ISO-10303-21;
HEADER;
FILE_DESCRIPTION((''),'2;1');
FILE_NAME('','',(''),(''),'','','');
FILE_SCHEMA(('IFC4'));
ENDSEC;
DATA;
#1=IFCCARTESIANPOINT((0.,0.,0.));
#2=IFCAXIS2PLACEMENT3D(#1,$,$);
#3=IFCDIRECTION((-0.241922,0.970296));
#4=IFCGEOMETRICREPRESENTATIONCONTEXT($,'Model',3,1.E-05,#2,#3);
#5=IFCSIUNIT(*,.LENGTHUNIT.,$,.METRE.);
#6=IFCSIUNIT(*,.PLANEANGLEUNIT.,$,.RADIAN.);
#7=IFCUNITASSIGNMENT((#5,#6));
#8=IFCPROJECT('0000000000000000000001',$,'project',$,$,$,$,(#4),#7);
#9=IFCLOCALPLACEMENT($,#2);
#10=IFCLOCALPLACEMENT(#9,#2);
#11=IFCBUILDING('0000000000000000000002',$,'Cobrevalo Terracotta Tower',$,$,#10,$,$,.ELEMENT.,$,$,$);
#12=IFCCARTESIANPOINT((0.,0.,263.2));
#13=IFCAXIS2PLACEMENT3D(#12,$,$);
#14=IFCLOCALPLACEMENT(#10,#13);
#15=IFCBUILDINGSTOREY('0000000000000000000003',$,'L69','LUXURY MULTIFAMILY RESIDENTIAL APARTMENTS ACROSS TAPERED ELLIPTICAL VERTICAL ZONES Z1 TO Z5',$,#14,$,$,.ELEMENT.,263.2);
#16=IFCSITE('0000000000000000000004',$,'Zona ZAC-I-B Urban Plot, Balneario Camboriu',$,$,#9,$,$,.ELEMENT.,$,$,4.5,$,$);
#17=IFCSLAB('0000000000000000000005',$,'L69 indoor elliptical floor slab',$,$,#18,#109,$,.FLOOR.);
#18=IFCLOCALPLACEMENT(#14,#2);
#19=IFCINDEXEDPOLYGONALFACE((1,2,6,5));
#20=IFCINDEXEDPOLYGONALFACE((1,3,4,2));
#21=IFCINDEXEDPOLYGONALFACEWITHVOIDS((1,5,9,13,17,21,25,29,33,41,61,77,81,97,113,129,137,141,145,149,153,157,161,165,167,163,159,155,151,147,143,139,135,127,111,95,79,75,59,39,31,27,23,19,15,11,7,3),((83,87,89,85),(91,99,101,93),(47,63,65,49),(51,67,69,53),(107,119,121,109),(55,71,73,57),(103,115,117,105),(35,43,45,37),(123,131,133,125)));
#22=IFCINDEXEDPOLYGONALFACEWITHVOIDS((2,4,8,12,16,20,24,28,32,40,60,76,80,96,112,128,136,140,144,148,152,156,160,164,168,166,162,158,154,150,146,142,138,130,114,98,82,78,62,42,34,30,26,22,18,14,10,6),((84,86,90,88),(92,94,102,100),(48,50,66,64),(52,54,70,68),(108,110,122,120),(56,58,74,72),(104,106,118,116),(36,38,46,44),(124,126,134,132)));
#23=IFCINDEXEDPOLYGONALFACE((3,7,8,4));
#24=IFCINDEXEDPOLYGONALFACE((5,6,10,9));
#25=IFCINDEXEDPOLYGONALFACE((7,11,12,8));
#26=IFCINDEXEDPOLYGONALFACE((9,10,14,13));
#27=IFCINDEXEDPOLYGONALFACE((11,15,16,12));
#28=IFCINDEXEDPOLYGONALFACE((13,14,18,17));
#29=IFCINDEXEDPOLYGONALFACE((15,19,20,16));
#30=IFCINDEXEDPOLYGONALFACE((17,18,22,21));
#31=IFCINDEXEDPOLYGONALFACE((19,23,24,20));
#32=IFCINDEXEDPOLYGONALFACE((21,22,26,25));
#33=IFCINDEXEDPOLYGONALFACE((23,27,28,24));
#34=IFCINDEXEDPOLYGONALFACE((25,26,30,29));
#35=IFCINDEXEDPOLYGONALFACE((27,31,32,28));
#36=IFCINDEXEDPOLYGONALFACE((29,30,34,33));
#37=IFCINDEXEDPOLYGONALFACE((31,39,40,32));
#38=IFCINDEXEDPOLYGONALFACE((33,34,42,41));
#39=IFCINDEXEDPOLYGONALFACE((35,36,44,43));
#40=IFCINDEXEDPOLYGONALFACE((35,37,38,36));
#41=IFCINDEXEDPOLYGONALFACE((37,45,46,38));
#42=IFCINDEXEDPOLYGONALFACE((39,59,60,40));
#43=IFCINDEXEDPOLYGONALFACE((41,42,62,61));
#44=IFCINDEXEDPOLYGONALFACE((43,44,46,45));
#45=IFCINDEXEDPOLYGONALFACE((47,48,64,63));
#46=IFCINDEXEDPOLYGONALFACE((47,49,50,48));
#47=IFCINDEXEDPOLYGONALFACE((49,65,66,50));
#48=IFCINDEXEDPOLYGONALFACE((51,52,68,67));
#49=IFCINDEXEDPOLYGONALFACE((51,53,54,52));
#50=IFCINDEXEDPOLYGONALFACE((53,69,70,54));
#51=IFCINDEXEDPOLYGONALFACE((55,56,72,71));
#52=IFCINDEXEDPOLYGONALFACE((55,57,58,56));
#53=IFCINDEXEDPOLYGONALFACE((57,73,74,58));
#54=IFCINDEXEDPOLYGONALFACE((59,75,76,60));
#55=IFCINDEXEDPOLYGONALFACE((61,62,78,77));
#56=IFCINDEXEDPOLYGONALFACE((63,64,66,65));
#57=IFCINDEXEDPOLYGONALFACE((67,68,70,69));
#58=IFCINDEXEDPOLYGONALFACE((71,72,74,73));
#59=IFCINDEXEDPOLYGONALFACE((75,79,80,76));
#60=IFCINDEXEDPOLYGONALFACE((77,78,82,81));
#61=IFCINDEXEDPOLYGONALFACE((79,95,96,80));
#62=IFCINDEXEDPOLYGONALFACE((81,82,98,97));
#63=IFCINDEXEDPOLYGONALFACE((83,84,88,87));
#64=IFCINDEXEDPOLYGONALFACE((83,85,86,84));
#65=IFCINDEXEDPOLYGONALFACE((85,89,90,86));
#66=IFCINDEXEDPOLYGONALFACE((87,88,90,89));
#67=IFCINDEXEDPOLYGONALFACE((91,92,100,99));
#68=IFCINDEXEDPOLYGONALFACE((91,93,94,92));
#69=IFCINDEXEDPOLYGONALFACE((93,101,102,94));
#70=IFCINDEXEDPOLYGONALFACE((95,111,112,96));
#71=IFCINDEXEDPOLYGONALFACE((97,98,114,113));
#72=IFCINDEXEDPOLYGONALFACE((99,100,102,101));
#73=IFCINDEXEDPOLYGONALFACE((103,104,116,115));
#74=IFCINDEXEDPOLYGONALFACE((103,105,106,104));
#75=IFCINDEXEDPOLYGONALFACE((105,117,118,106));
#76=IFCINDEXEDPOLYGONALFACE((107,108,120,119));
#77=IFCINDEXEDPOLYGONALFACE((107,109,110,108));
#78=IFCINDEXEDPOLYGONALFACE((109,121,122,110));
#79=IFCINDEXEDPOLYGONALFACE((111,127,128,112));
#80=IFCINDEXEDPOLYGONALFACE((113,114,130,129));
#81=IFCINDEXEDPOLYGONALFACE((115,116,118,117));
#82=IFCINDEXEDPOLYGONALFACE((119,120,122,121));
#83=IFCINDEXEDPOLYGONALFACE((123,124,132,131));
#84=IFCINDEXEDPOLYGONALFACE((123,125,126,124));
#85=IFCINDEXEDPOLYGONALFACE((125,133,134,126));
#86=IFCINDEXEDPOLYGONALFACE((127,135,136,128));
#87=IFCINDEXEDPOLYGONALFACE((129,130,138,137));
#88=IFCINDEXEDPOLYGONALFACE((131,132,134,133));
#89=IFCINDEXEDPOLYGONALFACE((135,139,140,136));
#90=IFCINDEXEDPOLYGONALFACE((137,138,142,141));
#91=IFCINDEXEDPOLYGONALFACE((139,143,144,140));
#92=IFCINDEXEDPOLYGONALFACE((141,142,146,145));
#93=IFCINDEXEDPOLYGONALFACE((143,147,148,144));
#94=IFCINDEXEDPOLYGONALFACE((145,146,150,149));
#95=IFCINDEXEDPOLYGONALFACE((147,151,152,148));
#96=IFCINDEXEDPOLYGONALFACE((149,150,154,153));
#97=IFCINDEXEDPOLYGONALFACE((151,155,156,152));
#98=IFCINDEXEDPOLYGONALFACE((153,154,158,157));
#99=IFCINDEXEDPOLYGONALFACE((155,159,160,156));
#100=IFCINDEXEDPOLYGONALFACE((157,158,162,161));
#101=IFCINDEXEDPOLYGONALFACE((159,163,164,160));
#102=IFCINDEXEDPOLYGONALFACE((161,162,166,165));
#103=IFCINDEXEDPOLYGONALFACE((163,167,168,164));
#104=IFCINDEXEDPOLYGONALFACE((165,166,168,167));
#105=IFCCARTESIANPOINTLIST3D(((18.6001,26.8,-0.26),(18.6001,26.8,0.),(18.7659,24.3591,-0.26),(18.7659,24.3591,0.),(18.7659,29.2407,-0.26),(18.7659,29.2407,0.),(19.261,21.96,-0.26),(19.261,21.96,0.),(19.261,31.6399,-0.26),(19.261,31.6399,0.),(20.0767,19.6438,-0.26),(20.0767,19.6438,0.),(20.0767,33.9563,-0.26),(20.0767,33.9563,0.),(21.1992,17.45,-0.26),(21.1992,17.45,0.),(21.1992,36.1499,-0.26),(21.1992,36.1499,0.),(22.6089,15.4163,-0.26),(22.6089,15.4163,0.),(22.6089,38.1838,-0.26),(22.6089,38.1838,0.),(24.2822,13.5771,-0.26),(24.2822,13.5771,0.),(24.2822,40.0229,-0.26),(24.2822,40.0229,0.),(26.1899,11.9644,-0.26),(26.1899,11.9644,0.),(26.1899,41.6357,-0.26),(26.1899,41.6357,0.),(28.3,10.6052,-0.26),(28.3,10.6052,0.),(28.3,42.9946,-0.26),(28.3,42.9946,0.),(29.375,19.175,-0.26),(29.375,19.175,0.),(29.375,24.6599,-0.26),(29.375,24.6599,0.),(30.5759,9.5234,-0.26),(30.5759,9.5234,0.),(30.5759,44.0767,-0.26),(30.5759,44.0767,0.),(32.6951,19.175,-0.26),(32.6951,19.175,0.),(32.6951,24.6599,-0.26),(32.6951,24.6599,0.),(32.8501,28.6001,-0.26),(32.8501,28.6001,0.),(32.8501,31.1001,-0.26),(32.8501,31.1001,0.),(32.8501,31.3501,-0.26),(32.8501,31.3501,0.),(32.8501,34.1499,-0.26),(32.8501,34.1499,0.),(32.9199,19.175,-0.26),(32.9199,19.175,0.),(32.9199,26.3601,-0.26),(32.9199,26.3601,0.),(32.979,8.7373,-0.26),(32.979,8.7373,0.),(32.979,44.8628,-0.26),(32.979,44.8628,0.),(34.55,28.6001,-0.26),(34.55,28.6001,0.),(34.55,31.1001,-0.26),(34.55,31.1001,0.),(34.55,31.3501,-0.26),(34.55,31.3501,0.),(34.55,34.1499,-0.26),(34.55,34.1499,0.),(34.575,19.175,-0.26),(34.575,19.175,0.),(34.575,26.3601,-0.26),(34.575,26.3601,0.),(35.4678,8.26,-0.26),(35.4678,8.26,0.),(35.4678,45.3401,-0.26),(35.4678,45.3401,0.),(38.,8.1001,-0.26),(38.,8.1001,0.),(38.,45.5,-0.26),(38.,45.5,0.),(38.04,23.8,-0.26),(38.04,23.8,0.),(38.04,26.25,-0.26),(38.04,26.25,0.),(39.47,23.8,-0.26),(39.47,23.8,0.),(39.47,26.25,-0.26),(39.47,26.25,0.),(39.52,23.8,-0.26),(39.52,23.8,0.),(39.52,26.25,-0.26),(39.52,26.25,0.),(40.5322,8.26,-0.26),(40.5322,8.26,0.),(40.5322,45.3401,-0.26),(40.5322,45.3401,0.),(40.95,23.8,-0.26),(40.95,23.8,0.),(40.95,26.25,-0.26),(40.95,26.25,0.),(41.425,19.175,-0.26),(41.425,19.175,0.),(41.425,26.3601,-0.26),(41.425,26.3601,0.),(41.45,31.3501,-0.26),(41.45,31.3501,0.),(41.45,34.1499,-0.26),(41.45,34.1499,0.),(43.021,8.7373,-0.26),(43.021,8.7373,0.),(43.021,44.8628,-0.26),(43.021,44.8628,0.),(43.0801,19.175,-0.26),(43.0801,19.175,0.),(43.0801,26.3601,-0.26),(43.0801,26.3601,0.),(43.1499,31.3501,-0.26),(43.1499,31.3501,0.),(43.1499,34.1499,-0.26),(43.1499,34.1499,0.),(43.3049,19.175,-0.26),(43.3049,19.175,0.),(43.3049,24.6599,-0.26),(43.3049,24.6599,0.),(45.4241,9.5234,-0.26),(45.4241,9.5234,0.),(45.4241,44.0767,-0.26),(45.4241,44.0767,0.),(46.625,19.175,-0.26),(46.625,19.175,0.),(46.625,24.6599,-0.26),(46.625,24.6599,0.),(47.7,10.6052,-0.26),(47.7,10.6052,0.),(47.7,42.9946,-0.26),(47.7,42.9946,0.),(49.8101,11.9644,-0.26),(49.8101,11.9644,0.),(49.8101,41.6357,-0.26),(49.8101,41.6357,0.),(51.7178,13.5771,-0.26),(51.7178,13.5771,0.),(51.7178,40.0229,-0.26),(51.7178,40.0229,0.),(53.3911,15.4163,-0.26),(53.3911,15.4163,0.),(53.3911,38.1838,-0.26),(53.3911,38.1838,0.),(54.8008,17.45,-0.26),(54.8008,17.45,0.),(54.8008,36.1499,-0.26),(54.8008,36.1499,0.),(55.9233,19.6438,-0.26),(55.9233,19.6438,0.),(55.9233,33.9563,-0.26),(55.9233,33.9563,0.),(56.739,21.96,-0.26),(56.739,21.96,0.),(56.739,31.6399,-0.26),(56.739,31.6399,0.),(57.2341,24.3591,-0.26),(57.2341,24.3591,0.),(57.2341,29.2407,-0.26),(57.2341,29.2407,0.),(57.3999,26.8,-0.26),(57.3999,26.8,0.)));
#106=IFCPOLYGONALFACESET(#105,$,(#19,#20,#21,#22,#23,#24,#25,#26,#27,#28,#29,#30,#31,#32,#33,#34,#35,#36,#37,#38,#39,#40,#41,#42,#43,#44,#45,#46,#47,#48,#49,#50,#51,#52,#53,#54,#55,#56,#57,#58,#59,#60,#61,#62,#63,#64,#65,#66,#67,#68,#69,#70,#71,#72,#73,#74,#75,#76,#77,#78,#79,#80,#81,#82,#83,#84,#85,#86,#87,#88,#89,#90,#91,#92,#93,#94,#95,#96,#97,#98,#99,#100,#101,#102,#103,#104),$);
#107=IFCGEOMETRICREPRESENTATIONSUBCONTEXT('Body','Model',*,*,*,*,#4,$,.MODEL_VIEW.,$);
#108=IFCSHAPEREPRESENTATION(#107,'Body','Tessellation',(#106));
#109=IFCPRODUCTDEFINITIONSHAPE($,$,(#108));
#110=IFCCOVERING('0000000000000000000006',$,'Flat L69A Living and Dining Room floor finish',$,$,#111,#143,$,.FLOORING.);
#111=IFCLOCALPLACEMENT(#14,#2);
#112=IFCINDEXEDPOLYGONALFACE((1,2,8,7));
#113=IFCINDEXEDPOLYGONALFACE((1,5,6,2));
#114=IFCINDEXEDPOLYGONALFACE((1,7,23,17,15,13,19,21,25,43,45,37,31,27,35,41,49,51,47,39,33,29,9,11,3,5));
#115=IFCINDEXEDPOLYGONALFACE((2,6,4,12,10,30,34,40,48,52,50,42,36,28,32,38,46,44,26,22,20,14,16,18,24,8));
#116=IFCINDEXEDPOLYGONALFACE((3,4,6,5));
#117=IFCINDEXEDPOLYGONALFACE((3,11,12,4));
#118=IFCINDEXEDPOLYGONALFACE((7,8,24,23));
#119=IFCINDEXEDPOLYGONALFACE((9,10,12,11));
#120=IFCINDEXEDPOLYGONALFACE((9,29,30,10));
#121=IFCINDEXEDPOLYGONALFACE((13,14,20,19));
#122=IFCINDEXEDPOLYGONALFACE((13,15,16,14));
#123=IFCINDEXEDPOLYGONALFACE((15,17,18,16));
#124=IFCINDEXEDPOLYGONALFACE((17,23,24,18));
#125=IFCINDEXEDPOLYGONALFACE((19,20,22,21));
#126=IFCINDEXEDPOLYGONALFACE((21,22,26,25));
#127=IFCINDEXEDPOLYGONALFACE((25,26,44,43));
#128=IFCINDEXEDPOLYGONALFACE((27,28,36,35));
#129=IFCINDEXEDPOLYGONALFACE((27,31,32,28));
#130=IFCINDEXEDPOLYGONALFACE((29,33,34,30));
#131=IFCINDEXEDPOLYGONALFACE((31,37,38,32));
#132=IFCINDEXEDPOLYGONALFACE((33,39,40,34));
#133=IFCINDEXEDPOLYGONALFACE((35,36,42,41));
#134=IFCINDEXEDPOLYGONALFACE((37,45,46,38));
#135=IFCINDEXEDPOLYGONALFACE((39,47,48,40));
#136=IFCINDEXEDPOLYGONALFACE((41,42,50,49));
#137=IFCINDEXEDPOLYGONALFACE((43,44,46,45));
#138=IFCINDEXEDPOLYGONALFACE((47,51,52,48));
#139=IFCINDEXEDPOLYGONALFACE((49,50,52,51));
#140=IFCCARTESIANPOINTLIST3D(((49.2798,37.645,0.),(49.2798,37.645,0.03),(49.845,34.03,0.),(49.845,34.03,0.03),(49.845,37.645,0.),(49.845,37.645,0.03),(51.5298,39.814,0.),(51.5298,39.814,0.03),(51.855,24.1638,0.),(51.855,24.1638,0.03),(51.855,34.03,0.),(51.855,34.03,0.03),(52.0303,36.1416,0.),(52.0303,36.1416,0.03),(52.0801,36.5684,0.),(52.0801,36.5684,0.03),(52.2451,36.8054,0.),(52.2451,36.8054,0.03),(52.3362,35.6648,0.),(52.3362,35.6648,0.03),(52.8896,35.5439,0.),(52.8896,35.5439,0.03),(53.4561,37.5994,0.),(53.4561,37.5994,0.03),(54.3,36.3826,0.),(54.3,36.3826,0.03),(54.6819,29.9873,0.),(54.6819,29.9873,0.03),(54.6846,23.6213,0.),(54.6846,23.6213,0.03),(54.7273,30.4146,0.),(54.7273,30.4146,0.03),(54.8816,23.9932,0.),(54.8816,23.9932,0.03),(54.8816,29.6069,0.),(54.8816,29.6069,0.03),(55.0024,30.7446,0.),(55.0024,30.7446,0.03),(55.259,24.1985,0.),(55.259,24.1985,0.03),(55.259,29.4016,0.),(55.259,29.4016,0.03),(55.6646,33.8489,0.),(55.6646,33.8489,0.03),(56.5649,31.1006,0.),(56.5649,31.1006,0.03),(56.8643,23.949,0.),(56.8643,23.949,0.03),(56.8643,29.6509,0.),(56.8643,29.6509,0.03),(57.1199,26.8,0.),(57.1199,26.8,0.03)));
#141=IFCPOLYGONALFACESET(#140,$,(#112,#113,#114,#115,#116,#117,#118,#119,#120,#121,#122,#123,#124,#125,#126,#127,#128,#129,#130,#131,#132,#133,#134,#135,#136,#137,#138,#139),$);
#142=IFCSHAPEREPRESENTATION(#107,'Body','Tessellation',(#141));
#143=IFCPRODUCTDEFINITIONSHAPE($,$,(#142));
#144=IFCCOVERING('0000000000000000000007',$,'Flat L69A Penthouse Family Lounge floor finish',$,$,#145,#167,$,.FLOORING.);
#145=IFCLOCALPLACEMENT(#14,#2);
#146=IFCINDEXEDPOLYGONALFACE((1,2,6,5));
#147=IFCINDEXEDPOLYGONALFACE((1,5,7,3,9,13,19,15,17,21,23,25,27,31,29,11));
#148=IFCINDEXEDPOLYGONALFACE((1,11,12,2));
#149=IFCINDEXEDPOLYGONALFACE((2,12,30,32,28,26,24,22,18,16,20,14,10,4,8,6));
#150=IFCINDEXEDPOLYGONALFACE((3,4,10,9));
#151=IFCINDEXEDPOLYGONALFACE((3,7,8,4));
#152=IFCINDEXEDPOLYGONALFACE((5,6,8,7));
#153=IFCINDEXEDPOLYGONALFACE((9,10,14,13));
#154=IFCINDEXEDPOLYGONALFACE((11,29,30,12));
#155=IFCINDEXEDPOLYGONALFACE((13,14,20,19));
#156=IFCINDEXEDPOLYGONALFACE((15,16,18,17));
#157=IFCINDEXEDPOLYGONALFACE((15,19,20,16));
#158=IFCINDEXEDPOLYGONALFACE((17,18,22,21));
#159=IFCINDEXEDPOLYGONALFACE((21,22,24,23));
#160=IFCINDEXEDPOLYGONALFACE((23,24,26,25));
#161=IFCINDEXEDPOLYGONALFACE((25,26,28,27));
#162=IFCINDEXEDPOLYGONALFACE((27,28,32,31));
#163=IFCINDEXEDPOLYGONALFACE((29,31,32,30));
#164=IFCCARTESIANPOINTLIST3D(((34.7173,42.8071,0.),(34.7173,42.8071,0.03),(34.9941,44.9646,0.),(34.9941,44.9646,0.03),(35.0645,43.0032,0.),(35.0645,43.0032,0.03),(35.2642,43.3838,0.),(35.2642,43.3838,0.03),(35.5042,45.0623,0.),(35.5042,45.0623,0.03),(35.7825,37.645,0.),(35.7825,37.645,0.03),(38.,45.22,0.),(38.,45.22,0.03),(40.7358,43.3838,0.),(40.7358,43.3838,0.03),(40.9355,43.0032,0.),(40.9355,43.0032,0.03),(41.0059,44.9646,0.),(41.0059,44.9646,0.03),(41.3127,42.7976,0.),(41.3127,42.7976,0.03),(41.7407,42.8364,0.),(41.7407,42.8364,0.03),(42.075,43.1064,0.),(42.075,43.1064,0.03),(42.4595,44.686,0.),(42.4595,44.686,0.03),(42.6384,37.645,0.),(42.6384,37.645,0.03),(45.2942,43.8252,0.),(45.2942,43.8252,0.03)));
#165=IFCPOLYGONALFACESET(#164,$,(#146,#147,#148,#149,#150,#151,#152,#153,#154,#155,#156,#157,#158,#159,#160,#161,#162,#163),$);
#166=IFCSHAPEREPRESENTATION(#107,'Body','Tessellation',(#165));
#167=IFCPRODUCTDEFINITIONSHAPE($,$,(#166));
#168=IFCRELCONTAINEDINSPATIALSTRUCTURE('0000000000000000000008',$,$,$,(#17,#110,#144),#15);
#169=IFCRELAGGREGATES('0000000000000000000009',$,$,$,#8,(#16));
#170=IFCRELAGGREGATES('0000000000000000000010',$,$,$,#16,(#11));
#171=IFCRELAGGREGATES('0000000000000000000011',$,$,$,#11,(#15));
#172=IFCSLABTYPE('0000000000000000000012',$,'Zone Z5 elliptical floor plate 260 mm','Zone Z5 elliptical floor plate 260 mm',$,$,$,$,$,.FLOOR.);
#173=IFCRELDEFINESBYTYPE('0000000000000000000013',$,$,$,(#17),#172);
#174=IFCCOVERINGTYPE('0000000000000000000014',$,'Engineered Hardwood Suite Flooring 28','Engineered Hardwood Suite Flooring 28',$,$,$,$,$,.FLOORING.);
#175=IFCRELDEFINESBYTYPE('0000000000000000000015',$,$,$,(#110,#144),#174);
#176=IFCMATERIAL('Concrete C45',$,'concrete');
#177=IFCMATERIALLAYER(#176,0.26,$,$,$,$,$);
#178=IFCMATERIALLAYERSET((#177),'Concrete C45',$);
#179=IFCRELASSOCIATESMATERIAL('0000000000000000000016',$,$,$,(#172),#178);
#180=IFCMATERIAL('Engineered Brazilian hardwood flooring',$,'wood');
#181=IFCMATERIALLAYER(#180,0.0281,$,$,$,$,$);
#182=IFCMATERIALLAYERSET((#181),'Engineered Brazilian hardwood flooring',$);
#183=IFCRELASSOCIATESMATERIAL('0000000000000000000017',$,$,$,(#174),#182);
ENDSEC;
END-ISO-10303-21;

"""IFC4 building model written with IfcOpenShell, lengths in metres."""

from ifc_helpers import new_model, si_unit, direction, frame, origin, place, context, subcontext, project, spatial, polyline, outline, extrude, material, layer, layer_set, type_object, element, save


model = new_model("IFC4")

# Units and contexts
model_context = context("Model", 3, precision=1e-05, world=origin(), true_north=direction((-0.241922, 0.970296)))
body_context = subcontext(model_context, "Body", "Model", "MODEL_VIEW")
ifc_project = project(units=[si_unit("LENGTHUNIT", "METRE"), si_unit("PLANEANGLEUNIT", "RADIAN")], contexts=[model_context])

# Site, building, storey
site_placement = place(None, origin())
site = spatial("IfcSite", under=ifc_project, at=site_placement, Name="Zona ZAC-I-B Urban Plot, Balneario Camboriu", CompositionType="ELEMENT", RefElevation=4.5)
building_placement = place(site_placement, origin())
building = spatial("IfcBuilding", under=site, at=building_placement, Name="Cobrevalo Terracotta Tower", CompositionType="ELEMENT")
storey_placement = place(building_placement, frame((0.0, 0.0, 263.2)))
storey = spatial("IfcBuildingStorey", under=building, at=storey_placement, Name="L69", Description="LUXURY MULTIFAMILY RESIDENTIAL APARTMENTS ACROSS TAPERED ELLIPTICAL VERTICAL ZONES Z1 TO Z5", CompositionType="ELEMENT", Elevation=263.2)

# Slab
ifc_material_1 = material(Name="Concrete C45", Category="concrete")
ifc_layer_1 = layer(ifc_material_1, 0.26)
ifc_layer_set_1 = layer_set([ifc_layer_1], Name="Concrete C45")
slab_type_1 = type_object("IfcSlabType", Name="Zone Z5 elliptical floor plate 260 mm", Description="Zone Z5 elliptical floor plate 260 mm", PredefinedType="FLOOR", material=ifc_layer_set_1)
slab_1_placement = place(storey_placement, frame((0.0, 0.0, -0.26)))
element("IfcSlab", 1, at=slab_1_placement, inside=storey, type_object=slab_type_1, Name="L69 indoor elliptical floor slab", PredefinedType="FLOOR", context=body_context, shape_type="SweptSolid", body=[
    extrude(outline(polyline([(57.2341, 24.3591), (56.739, 21.96), (55.9233, 19.6438), (54.8008, 17.45), (53.3911, 15.4163), (51.7178, 13.5771), (49.8101, 11.9644), (47.7, 10.6052), (45.4241, 9.5234), (43.021, 8.7373), (40.5322, 8.26), (38.0, 8.1001), (35.4678, 8.26), (32.979, 8.7373), (30.5759, 9.5234), (28.3, 10.6052), (26.1899, 11.9644), (24.2822, 13.5771), (22.6089, 15.4163), (21.1992, 17.45), (20.0767, 19.6438), (19.261, 21.96), (18.7659, 24.3591), (18.6001, 26.8), (18.7659, 29.2407), (19.261, 31.6399), (20.0767, 33.9563), (21.1992, 36.1499), (22.6089, 38.1838), (24.2822, 40.0229), (26.1899, 41.6357), (28.3, 42.9946), (30.5759, 44.0767), (32.979, 44.8628), (35.4678, 45.3401), (38.0, 45.5), (40.5322, 45.3401), (43.021, 44.8628), (45.4241, 44.0767), (47.7, 42.9946), (49.8101, 41.6357), (51.7178, 40.0229), (53.3911, 38.1838), (54.8008, 36.1499), (55.9233, 33.9563), (56.739, 31.6399), (57.2341, 29.2407), (57.3999, 26.8), (57.2341, 24.3591)]), holes=[polyline([(32.6951, 19.175), (32.6951, 24.6599), (29.375, 24.6599), (29.375, 19.175), (32.6951, 19.175)]), polyline([(46.625, 19.175), (46.625, 24.6599), (43.3049, 24.6599), (43.3049, 19.175), (46.625, 19.175)]), polyline([(34.575, 26.3601), (32.9199, 26.3601), (32.9199, 19.175), (34.575, 19.175), (34.575, 26.3601)]), polyline([(43.0801, 26.3601), (41.425, 26.3601), (41.425, 19.175), (43.0801, 19.175), (43.0801, 26.3601)]), polyline([(39.47, 26.25), (38.04, 26.25), (38.04, 23.8), (39.47, 23.8), (39.47, 26.25)]), polyline([(40.95, 26.25), (39.52, 26.25), (39.52, 23.8), (40.95, 23.8), (40.95, 26.25)]), polyline([(34.55, 31.1001), (32.8501, 31.1001), (32.8501, 28.6001), (34.55, 28.6001), (34.55, 31.1001)]), polyline([(34.55, 31.3501), (34.55, 34.1499), (32.8501, 34.1499), (32.8501, 31.3501), (34.55, 31.3501)]), polyline([(43.1499, 31.3501), (43.1499, 34.1499), (41.45, 34.1499), (41.45, 31.3501), (43.1499, 31.3501)])]), origin(), (0.0, 0.0, 1.0), 0.26),
])

# Coverings
ifc_material_2 = material(Name="Engineered Brazilian hardwood flooring", Category="wood")
ifc_layer_2 = layer(ifc_material_2, 0.0281)
ifc_layer_set_2 = layer_set([ifc_layer_2], Name="Engineered Brazilian hardwood flooring")
covering_type_1 = type_object("IfcCoveringType", Name="Engineered Hardwood Suite Flooring 28", Description="Engineered Hardwood Suite Flooring 28", PredefinedType="FLOORING", material=ifc_layer_set_2)
covering_1_placement = place(storey_placement, origin())
element("IfcCovering", 2, at=covering_1_placement, inside=storey, type_object=covering_type_1, Name="Flat L69A Living and Dining Room floor finish", PredefinedType="FLOORING", context=body_context, shape_type="SweptSolid", body=[
    extrude(outline(polyline([(51.5298, 39.814), (53.4561, 37.5994), (52.2451, 36.8054), (52.0801, 36.5684), (52.0303, 36.1416), (52.3362, 35.6648), (52.8896, 35.5439), (54.3, 36.3826), (55.6646, 33.8489), (56.5649, 31.1006), (55.0024, 30.7446), (54.7273, 30.4146), (54.6819, 29.9873), (54.8816, 29.6069), (55.259, 29.4016), (56.8643, 29.6509), (57.1199, 26.8), (56.8643, 23.949), (55.259, 24.1985), (54.8816, 23.9932), (54.6846, 23.6213), (51.855, 24.1638), (51.855, 34.03), (49.845, 34.03), (49.845, 37.645), (49.2798, 37.645), (51.5298, 39.814)])), origin(), (0.0, 0.0, 1.0), 0.03),
])
covering_2_placement = place(storey_placement, origin())
element("IfcCovering", 3, at=covering_2_placement, inside=storey, type_object=covering_type_1, Name="Flat L69A Penthouse Family Lounge floor finish", PredefinedType="FLOORING", context=body_context, shape_type="SweptSolid", body=[
    extrude(outline(polyline([(34.7173, 42.8071), (35.0645, 43.0032), (35.2642, 43.3838), (34.9941, 44.9646), (35.5042, 45.0623), (38.0, 45.22), (41.0059, 44.9646), (40.7358, 43.3838), (40.9355, 43.0032), (41.3127, 42.7976), (41.7407, 42.8364), (42.075, 43.1064), (42.4595, 44.686), (45.2942, 43.8252), (42.6384, 37.645), (35.7825, 37.645), (34.7173, 42.8071)])), origin(), (0.0, 0.0, 1.0), 0.03),
])

save(model, "model.ifc")
